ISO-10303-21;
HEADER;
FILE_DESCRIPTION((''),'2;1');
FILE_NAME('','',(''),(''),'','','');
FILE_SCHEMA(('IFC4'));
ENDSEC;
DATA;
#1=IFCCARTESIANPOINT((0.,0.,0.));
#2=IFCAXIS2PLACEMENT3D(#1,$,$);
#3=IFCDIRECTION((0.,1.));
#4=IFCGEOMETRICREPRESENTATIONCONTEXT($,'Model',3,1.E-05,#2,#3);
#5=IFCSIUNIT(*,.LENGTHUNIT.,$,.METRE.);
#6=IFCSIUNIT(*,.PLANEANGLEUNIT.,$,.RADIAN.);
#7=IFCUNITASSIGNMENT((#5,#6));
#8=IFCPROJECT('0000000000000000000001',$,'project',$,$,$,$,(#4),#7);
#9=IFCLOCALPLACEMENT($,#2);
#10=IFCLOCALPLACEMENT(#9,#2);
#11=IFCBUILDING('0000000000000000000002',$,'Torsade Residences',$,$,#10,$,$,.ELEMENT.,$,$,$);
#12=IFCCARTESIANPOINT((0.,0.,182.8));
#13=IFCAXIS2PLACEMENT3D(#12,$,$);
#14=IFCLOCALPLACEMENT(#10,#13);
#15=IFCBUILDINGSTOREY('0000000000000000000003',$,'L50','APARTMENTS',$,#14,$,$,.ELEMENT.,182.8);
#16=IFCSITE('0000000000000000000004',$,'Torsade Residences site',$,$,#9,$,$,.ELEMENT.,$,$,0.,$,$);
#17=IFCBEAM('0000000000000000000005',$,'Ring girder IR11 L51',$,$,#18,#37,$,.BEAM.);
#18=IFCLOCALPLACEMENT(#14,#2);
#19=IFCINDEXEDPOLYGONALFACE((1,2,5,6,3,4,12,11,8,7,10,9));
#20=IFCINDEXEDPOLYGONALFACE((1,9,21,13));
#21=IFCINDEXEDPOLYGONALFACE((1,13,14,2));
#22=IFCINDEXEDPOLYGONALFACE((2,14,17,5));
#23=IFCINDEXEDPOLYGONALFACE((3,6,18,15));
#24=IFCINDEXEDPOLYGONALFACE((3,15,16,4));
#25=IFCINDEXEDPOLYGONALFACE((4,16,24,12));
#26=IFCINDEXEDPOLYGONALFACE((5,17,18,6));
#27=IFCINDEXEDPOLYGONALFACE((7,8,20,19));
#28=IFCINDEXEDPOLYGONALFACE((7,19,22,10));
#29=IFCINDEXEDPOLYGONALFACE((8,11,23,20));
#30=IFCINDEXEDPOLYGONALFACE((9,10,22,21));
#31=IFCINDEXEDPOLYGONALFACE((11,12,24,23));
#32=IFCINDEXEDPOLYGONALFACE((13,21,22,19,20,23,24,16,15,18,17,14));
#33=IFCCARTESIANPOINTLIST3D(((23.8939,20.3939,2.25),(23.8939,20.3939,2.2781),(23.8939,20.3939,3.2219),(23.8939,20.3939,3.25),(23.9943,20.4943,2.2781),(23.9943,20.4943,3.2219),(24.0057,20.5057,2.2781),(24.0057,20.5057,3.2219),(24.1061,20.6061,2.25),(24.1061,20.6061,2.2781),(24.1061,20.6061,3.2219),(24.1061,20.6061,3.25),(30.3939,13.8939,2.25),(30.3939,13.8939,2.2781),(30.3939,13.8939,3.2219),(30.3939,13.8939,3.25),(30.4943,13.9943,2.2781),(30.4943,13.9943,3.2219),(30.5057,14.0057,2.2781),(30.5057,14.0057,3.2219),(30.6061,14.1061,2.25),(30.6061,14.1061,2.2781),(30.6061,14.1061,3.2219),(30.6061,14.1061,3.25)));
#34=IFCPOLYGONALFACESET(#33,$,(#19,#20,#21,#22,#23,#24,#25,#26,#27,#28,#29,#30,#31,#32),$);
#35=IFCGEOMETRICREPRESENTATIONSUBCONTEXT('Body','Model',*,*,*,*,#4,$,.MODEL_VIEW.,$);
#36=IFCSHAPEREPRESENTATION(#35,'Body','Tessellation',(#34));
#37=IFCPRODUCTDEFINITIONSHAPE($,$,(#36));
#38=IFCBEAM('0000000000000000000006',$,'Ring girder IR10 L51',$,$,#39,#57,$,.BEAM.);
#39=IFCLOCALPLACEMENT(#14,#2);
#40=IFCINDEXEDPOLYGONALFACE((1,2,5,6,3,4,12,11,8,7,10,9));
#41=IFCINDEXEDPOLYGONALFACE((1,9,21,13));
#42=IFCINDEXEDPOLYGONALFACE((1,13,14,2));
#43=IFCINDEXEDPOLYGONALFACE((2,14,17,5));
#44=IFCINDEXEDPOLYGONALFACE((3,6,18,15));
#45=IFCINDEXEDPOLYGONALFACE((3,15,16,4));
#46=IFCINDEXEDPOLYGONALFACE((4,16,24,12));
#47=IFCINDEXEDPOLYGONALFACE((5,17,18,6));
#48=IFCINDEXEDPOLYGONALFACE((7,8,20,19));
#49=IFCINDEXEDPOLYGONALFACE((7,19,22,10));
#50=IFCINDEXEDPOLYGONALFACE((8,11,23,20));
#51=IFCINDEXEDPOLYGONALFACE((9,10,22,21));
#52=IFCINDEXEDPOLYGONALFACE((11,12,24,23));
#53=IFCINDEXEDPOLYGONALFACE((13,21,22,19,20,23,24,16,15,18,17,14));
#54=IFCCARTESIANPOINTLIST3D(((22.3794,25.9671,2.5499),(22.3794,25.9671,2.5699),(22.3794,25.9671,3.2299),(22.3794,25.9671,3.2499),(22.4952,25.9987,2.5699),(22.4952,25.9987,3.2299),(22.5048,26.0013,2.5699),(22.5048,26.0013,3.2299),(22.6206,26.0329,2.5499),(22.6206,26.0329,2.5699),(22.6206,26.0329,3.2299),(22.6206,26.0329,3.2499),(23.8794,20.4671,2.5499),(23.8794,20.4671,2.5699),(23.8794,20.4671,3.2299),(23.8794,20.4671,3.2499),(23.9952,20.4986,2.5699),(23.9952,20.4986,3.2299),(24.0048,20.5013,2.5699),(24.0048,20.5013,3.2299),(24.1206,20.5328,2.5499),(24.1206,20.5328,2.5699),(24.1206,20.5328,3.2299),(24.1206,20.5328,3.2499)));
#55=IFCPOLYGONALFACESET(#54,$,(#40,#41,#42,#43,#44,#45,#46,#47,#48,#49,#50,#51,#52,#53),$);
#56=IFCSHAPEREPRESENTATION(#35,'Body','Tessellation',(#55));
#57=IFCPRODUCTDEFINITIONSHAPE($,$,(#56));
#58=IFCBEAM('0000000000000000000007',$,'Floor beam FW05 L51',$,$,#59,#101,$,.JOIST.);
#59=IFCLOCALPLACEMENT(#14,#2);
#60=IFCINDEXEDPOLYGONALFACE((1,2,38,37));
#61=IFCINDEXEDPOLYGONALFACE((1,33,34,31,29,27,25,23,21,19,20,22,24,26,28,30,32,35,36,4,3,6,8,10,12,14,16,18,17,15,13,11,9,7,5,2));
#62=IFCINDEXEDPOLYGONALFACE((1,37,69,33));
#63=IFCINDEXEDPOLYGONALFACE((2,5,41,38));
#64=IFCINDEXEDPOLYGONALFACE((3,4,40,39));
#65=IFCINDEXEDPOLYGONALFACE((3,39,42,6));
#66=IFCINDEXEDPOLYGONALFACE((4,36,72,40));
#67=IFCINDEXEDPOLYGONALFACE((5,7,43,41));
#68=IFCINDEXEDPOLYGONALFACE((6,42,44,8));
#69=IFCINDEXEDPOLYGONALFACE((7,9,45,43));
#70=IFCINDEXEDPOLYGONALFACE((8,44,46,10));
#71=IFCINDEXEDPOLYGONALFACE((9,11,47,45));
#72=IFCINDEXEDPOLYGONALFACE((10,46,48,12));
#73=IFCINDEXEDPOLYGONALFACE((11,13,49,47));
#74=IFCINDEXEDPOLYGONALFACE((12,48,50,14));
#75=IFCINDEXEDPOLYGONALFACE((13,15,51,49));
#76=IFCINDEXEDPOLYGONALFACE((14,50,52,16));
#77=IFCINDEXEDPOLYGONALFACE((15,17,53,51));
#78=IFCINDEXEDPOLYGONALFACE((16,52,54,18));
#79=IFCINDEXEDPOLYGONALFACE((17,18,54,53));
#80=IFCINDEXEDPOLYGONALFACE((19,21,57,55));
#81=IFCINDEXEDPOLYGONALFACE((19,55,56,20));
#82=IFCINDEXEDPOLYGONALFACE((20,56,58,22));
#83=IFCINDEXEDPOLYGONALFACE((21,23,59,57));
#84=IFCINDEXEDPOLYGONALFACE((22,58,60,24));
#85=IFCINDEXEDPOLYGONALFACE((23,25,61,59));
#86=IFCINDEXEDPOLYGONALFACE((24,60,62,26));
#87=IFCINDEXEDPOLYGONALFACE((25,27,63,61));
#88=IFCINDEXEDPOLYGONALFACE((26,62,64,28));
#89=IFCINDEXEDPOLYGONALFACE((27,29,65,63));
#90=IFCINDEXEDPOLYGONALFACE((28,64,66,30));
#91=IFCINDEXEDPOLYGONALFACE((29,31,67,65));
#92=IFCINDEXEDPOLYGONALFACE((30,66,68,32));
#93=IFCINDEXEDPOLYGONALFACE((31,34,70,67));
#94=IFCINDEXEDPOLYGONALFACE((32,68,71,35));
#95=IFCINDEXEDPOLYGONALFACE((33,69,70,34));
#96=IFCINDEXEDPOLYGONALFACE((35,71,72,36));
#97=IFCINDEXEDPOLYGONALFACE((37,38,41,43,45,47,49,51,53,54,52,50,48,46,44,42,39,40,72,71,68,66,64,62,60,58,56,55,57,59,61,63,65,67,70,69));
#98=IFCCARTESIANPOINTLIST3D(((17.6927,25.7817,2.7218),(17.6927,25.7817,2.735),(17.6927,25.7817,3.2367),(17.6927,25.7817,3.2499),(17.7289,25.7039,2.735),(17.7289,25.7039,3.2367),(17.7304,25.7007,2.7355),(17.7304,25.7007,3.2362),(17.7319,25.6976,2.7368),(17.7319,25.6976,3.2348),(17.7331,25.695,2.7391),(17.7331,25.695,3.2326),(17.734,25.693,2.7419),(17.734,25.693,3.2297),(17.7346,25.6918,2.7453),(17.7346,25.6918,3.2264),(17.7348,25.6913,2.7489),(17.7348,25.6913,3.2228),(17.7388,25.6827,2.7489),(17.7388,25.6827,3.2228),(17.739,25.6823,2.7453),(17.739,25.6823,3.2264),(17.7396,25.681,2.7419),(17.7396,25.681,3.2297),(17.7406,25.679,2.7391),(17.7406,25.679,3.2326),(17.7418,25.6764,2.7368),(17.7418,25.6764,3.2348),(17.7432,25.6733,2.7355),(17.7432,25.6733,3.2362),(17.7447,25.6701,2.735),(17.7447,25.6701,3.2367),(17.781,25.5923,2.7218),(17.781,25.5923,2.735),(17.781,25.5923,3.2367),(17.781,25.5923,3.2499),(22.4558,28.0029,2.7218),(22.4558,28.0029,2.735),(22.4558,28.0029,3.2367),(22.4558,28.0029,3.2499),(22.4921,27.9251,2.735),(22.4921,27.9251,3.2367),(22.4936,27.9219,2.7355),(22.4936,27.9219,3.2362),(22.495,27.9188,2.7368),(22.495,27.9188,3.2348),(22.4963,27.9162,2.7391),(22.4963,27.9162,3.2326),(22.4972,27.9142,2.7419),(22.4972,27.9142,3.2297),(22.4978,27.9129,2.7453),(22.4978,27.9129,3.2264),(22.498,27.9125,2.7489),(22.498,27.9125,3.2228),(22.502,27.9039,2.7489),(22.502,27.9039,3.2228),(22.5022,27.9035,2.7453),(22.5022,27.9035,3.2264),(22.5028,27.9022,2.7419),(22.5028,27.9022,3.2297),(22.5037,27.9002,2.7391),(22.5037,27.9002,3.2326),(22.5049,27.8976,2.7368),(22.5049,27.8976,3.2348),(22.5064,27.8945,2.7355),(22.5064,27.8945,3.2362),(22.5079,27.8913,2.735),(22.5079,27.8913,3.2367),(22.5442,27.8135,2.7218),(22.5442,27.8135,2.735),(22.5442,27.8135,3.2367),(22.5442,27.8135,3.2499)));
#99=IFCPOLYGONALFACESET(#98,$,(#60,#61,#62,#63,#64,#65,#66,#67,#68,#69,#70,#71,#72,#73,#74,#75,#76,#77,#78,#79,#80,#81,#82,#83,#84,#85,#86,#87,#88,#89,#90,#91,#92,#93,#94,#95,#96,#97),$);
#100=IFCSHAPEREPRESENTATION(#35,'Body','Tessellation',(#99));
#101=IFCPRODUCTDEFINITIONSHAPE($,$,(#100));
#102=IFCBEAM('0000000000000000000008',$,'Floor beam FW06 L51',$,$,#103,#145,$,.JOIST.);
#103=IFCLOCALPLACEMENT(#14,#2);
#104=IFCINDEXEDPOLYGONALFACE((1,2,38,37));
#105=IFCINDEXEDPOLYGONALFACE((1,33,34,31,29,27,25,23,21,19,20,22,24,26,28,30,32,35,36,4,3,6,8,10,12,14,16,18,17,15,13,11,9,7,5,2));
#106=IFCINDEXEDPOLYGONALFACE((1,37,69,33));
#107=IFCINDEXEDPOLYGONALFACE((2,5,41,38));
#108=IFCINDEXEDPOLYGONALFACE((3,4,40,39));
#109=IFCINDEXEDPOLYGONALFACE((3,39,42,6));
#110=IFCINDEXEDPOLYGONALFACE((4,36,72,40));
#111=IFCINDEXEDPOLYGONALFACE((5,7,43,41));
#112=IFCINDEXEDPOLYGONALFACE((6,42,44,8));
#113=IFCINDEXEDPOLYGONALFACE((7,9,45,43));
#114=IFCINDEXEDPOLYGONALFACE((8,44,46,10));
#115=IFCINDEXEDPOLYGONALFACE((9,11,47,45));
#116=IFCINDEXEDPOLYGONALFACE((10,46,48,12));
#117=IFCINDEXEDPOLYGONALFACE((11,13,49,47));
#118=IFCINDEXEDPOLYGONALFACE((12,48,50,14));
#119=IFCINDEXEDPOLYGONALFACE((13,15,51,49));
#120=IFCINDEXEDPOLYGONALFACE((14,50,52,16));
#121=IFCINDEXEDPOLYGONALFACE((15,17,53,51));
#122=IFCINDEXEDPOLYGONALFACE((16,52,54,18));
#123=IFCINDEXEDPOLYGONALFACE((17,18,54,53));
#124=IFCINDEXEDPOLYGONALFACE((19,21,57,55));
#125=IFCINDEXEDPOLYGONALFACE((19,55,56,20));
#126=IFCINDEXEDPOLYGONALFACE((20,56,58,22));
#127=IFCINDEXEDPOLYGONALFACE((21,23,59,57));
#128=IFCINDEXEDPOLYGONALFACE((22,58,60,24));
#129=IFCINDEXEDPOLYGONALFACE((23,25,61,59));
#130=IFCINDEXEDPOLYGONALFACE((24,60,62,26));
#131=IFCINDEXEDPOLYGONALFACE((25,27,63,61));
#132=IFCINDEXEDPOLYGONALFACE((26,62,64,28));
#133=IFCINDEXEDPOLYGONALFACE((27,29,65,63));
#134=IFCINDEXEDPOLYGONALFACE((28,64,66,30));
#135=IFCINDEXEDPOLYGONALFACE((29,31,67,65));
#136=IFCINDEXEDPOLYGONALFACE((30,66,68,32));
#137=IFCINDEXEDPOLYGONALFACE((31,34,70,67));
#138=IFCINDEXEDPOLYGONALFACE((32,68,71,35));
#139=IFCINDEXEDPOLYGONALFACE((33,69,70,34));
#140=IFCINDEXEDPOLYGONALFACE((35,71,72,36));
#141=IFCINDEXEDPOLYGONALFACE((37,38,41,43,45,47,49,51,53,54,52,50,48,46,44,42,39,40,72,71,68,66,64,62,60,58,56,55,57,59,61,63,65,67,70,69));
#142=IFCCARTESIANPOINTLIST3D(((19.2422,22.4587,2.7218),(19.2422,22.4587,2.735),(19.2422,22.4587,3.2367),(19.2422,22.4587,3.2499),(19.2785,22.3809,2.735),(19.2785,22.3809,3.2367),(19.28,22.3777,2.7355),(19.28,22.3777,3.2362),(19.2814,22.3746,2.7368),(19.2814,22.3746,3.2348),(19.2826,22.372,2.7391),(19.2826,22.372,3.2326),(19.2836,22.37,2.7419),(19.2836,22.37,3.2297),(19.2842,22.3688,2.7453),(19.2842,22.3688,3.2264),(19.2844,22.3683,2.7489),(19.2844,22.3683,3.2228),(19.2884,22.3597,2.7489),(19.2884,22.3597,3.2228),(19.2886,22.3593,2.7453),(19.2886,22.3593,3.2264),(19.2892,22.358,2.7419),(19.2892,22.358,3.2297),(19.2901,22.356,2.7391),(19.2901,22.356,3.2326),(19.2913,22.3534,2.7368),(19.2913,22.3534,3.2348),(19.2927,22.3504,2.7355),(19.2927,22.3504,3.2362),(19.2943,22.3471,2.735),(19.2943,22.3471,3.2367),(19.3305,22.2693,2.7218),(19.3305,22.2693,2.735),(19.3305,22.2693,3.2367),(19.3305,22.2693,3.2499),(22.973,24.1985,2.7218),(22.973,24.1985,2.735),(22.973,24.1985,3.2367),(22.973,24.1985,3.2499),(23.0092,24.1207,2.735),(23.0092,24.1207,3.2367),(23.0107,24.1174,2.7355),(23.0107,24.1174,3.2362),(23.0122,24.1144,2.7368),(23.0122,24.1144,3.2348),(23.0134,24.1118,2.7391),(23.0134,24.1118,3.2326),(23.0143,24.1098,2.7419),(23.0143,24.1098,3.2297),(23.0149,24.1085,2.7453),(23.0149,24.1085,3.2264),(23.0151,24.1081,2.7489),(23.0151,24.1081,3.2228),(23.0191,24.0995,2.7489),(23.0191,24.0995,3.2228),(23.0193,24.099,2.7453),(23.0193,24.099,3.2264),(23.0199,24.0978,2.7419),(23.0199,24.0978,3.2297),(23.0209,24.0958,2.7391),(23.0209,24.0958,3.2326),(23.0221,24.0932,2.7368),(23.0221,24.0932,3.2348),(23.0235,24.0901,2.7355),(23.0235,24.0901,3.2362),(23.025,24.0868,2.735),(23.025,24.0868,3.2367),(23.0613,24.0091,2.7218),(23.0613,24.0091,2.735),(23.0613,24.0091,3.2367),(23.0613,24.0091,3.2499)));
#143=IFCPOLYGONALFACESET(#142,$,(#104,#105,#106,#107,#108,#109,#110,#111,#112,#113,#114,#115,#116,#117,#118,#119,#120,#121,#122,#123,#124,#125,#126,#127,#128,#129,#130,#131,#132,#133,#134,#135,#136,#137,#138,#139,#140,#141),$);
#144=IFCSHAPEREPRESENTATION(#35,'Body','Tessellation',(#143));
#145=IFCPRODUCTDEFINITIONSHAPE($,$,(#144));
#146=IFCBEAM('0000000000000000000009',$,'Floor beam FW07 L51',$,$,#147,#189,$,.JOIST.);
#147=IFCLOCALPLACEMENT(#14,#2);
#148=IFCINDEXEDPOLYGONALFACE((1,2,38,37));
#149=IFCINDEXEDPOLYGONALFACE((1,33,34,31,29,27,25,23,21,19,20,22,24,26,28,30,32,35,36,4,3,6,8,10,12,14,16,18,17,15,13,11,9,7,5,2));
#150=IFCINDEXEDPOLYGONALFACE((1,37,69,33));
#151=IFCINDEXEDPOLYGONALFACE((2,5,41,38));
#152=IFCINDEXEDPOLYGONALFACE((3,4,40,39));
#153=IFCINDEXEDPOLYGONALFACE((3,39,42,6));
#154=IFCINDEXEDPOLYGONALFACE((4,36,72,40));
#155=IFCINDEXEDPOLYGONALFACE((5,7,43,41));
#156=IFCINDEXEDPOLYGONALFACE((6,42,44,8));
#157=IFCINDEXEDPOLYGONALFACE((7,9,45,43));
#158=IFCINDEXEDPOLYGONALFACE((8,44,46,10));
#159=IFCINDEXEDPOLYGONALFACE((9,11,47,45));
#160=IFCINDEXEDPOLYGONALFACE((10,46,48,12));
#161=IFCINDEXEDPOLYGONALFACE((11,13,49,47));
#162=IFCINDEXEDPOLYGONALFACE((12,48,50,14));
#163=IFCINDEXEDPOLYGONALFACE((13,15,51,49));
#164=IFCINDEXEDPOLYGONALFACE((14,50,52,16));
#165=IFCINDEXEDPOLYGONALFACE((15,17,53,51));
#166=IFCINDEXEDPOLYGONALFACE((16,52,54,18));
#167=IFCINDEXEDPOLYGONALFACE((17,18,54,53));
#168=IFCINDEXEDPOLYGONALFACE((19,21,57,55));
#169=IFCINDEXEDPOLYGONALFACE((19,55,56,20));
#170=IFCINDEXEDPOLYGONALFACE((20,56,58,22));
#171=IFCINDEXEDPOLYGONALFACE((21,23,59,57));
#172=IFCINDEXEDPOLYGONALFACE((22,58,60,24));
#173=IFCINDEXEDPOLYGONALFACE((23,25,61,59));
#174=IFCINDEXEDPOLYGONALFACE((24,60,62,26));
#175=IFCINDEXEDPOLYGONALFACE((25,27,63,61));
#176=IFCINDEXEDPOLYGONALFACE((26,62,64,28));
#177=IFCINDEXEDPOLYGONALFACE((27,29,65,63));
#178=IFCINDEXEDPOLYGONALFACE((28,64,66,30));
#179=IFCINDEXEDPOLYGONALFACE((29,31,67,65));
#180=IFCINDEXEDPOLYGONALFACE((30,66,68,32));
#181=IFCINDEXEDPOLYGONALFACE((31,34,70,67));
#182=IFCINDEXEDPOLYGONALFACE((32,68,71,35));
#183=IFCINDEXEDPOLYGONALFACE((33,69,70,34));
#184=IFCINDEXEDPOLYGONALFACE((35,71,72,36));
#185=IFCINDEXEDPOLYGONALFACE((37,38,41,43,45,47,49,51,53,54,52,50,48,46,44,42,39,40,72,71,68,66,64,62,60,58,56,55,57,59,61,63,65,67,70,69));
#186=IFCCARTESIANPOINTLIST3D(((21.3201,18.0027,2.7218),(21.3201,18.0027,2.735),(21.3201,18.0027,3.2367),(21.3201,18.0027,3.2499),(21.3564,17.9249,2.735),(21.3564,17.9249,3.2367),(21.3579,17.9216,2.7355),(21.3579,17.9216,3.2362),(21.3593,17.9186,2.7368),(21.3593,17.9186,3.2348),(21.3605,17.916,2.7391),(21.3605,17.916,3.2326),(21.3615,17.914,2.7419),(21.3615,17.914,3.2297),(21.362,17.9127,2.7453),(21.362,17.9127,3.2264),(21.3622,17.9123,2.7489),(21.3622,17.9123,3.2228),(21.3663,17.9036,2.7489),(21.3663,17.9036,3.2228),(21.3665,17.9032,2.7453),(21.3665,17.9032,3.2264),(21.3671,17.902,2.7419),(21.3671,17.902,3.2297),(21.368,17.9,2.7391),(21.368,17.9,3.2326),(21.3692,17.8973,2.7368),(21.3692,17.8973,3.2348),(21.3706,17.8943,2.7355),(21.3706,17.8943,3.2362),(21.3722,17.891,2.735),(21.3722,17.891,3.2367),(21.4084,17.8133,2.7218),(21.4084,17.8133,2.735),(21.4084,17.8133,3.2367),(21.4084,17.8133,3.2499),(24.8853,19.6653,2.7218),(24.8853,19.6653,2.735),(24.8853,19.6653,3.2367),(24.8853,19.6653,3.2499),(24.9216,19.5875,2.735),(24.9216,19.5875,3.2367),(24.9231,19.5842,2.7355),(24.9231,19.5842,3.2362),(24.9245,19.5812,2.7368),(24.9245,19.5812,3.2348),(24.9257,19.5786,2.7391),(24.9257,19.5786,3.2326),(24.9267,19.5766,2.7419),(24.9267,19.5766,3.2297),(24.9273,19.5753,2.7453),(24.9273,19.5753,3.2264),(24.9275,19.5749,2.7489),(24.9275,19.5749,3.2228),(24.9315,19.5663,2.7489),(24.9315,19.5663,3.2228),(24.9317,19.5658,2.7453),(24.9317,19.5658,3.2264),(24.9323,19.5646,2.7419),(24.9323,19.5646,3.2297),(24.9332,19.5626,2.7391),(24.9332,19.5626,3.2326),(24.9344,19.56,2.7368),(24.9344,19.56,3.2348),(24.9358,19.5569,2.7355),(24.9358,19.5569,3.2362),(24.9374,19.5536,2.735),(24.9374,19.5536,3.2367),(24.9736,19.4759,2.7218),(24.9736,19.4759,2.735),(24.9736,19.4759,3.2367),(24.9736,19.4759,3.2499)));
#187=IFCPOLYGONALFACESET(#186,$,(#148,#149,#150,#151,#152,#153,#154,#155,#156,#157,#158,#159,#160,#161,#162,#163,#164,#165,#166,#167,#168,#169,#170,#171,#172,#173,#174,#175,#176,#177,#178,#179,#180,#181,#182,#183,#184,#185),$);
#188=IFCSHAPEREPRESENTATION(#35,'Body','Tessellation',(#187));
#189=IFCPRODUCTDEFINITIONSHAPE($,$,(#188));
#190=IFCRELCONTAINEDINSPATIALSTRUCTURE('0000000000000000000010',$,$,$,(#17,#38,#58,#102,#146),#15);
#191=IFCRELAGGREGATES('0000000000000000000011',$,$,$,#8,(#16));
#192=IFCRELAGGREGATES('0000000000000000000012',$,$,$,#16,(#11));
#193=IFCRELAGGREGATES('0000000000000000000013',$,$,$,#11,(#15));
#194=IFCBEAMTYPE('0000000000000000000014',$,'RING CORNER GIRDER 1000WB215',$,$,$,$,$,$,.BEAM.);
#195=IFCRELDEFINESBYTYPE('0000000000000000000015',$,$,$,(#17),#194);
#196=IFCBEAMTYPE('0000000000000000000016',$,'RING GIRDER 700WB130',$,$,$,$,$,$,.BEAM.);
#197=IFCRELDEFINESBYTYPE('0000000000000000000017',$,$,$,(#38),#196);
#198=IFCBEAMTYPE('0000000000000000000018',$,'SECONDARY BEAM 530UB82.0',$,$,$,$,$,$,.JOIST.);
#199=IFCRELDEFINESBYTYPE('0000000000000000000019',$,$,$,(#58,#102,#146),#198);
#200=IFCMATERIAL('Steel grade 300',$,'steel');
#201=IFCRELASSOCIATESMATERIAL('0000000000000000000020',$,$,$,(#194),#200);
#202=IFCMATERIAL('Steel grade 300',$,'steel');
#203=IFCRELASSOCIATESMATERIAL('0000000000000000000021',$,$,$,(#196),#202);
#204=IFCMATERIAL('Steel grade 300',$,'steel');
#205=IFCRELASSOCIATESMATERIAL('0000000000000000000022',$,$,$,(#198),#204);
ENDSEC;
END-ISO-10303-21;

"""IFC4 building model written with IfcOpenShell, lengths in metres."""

from ifc_helpers import new_model, si_unit, direction, frame, origin, origin_2d, place, context, subcontext, project, spatial, i_section, extrude, material, material_profile, profile_set, type_object, element, save


model = new_model("IFC4")

# Units and contexts
model_context = context("Model", 3, precision=1e-05, world=origin(), true_north=direction((0.0, 1.0)))
body_context = subcontext(model_context, "Body", "Model", "MODEL_VIEW")
ifc_project = project(units=[si_unit("LENGTHUNIT", "METRE"), si_unit("PLANEANGLEUNIT", "RADIAN")], contexts=[model_context])

# Site, building, storey
site_placement = place(None, origin())
site = spatial("IfcSite", under=ifc_project, at=site_placement, Name="Torsade Residences site", CompositionType="ELEMENT", RefElevation=0.0)
building_placement = place(site_placement, origin())
building = spatial("IfcBuilding", under=site, at=building_placement, Name="Torsade Residences", CompositionType="ELEMENT")
storey_placement = place(building_placement, frame((0.0, 0.0, 182.8)))
storey = spatial("IfcBuildingStorey", under=building, at=storey_placement, Name="L50", Description="APARTMENTS", CompositionType="ELEMENT", Elevation=182.8)

# Beams
ifc_material_1 = material(Name="Steel grade 300", Category="steel")
ifc_material_profile_1 = material_profile(ifc_material_1, i_section(OverallWidth=0.3, OverallDepth=1.0, WebThickness=0.0161, FlangeThickness=0.0281, at=origin_2d()), Name="1000WB215")
ifc_profile_set_1 = profile_set([ifc_material_profile_1], Name="Steel grade 300")
beam_type_1 = type_object("IfcBeamType", Name="RING CORNER GIRDER 1000WB215", PredefinedType="BEAM", material=ifc_profile_set_1)
beam_1_placement = place(storey_placement, frame((24.0, 20.5, 2.75), z_axis=(0.707107, -0.707107, 0.0), x_axis=(0.707107, 0.707107, 0.0)))
element("IfcBeam", 1, at=beam_1_placement, inside=storey, type_object=beam_type_1, Name="Ring girder IR11 L51", PredefinedType="BEAM", context=body_context, shape_type="SweptSolid", body=[
    extrude(i_section(OverallWidth=0.3, OverallDepth=1.0, WebThickness=0.0161, FlangeThickness=0.0281, at=origin_2d()), origin(), (0.0, 0.0, 1.0), 9.1924),
])
ifc_material_2 = material(Name="Steel grade 300", Category="steel")
ifc_material_profile_2 = material_profile(ifc_material_2, i_section(OverallWidth=0.25, OverallDepth=0.7, WebThickness=0.01, FlangeThickness=0.02, at=origin_2d()), Name="700WB130")
ifc_profile_set_2 = profile_set([ifc_material_profile_2], Name="Steel grade 300")
beam_type_2 = type_object("IfcBeamType", Name="RING GIRDER 700WB130", PredefinedType="BEAM", material=ifc_profile_set_2)
beam_2_placement = place(storey_placement, frame((22.5, 26.0, 2.8999), z_axis=(0.263117, -0.964764, 0.0), x_axis=(0.964764, 0.263117, 0.0)))
element("IfcBeam", 2, at=beam_2_placement, inside=storey, type_object=beam_type_2, Name="Ring girder IR10 L51", PredefinedType="BEAM", context=body_context, shape_type="SweptSolid", body=[
    extrude(i_section(OverallWidth=0.25, OverallDepth=0.7, WebThickness=0.01, FlangeThickness=0.02, at=origin_2d()), origin(), (0.0, 0.0, 1.0), 5.7009),
])
ifc_material_3 = material(Name="Steel grade 300", Category="steel")
ifc_material_profile_3 = material_profile(ifc_material_3, i_section(OverallWidth=0.209, OverallDepth=0.5281, WebThickness=0.0095, FlangeThickness=0.0132, FilletRadius=0.0139, at=origin_2d()), Name="530UB82.0")
ifc_profile_set_3 = profile_set([ifc_material_profile_3], Name="Steel grade 300")
beam_type_3 = type_object("IfcBeamType", Name="SECONDARY BEAM 530UB82.0", PredefinedType="JOIST", material=ifc_profile_set_3)
beam_3_placement = place(storey_placement, frame((17.7368, 25.687, 2.9858), z_axis=(0.906302, 0.422631, 0.0), x_axis=(-0.422631, 0.906302, 0.0)))
element("IfcBeam", 3, at=beam_3_placement, inside=storey, type_object=beam_type_3, Name="Floor beam FW05 L51", PredefinedType="JOIST", context=body_context, shape_type="SweptSolid", body=[
    extrude(i_section(OverallWidth=0.209, OverallDepth=0.5281, WebThickness=0.0095, FlangeThickness=0.0132, FilletRadius=0.0139, at=origin_2d()), origin(), (0.0, 0.0, 1.0), 5.2556),
])
beam_4_placement = place(storey_placement, frame((19.2864, 22.364, 2.9858), z_axis=(0.9063, 0.422635, 0.0), x_axis=(-0.422635, 0.9063, 0.0)))
element("IfcBeam", 4, at=beam_4_placement, inside=storey, type_object=beam_type_3, Name="Floor beam FW06 L51", PredefinedType="JOIST", context=body_context, shape_type="SweptSolid", body=[
    extrude(i_section(OverallWidth=0.209, OverallDepth=0.5281, WebThickness=0.0095, FlangeThickness=0.0132, FilletRadius=0.0139, at=origin_2d()), origin(), (0.0, 0.0, 1.0), 4.1165),
])
beam_5_placement = place(storey_placement, frame((21.3643, 17.908, 2.9858), z_axis=(0.906296, 0.422644, 0.0), x_axis=(-0.422644, 0.906296, 0.0)))
element("IfcBeam", 5, at=beam_5_placement, inside=storey, type_object=beam_type_3, Name="Floor beam FW07 L51", PredefinedType="JOIST", context=body_context, shape_type="SweptSolid", body=[
    extrude(i_section(OverallWidth=0.209, OverallDepth=0.5281, WebThickness=0.0095, FlangeThickness=0.0132, FilletRadius=0.0139, at=origin_2d()), origin(), (0.0, 0.0, 1.0), 3.9338),
])

save(model, "model.ifc")
